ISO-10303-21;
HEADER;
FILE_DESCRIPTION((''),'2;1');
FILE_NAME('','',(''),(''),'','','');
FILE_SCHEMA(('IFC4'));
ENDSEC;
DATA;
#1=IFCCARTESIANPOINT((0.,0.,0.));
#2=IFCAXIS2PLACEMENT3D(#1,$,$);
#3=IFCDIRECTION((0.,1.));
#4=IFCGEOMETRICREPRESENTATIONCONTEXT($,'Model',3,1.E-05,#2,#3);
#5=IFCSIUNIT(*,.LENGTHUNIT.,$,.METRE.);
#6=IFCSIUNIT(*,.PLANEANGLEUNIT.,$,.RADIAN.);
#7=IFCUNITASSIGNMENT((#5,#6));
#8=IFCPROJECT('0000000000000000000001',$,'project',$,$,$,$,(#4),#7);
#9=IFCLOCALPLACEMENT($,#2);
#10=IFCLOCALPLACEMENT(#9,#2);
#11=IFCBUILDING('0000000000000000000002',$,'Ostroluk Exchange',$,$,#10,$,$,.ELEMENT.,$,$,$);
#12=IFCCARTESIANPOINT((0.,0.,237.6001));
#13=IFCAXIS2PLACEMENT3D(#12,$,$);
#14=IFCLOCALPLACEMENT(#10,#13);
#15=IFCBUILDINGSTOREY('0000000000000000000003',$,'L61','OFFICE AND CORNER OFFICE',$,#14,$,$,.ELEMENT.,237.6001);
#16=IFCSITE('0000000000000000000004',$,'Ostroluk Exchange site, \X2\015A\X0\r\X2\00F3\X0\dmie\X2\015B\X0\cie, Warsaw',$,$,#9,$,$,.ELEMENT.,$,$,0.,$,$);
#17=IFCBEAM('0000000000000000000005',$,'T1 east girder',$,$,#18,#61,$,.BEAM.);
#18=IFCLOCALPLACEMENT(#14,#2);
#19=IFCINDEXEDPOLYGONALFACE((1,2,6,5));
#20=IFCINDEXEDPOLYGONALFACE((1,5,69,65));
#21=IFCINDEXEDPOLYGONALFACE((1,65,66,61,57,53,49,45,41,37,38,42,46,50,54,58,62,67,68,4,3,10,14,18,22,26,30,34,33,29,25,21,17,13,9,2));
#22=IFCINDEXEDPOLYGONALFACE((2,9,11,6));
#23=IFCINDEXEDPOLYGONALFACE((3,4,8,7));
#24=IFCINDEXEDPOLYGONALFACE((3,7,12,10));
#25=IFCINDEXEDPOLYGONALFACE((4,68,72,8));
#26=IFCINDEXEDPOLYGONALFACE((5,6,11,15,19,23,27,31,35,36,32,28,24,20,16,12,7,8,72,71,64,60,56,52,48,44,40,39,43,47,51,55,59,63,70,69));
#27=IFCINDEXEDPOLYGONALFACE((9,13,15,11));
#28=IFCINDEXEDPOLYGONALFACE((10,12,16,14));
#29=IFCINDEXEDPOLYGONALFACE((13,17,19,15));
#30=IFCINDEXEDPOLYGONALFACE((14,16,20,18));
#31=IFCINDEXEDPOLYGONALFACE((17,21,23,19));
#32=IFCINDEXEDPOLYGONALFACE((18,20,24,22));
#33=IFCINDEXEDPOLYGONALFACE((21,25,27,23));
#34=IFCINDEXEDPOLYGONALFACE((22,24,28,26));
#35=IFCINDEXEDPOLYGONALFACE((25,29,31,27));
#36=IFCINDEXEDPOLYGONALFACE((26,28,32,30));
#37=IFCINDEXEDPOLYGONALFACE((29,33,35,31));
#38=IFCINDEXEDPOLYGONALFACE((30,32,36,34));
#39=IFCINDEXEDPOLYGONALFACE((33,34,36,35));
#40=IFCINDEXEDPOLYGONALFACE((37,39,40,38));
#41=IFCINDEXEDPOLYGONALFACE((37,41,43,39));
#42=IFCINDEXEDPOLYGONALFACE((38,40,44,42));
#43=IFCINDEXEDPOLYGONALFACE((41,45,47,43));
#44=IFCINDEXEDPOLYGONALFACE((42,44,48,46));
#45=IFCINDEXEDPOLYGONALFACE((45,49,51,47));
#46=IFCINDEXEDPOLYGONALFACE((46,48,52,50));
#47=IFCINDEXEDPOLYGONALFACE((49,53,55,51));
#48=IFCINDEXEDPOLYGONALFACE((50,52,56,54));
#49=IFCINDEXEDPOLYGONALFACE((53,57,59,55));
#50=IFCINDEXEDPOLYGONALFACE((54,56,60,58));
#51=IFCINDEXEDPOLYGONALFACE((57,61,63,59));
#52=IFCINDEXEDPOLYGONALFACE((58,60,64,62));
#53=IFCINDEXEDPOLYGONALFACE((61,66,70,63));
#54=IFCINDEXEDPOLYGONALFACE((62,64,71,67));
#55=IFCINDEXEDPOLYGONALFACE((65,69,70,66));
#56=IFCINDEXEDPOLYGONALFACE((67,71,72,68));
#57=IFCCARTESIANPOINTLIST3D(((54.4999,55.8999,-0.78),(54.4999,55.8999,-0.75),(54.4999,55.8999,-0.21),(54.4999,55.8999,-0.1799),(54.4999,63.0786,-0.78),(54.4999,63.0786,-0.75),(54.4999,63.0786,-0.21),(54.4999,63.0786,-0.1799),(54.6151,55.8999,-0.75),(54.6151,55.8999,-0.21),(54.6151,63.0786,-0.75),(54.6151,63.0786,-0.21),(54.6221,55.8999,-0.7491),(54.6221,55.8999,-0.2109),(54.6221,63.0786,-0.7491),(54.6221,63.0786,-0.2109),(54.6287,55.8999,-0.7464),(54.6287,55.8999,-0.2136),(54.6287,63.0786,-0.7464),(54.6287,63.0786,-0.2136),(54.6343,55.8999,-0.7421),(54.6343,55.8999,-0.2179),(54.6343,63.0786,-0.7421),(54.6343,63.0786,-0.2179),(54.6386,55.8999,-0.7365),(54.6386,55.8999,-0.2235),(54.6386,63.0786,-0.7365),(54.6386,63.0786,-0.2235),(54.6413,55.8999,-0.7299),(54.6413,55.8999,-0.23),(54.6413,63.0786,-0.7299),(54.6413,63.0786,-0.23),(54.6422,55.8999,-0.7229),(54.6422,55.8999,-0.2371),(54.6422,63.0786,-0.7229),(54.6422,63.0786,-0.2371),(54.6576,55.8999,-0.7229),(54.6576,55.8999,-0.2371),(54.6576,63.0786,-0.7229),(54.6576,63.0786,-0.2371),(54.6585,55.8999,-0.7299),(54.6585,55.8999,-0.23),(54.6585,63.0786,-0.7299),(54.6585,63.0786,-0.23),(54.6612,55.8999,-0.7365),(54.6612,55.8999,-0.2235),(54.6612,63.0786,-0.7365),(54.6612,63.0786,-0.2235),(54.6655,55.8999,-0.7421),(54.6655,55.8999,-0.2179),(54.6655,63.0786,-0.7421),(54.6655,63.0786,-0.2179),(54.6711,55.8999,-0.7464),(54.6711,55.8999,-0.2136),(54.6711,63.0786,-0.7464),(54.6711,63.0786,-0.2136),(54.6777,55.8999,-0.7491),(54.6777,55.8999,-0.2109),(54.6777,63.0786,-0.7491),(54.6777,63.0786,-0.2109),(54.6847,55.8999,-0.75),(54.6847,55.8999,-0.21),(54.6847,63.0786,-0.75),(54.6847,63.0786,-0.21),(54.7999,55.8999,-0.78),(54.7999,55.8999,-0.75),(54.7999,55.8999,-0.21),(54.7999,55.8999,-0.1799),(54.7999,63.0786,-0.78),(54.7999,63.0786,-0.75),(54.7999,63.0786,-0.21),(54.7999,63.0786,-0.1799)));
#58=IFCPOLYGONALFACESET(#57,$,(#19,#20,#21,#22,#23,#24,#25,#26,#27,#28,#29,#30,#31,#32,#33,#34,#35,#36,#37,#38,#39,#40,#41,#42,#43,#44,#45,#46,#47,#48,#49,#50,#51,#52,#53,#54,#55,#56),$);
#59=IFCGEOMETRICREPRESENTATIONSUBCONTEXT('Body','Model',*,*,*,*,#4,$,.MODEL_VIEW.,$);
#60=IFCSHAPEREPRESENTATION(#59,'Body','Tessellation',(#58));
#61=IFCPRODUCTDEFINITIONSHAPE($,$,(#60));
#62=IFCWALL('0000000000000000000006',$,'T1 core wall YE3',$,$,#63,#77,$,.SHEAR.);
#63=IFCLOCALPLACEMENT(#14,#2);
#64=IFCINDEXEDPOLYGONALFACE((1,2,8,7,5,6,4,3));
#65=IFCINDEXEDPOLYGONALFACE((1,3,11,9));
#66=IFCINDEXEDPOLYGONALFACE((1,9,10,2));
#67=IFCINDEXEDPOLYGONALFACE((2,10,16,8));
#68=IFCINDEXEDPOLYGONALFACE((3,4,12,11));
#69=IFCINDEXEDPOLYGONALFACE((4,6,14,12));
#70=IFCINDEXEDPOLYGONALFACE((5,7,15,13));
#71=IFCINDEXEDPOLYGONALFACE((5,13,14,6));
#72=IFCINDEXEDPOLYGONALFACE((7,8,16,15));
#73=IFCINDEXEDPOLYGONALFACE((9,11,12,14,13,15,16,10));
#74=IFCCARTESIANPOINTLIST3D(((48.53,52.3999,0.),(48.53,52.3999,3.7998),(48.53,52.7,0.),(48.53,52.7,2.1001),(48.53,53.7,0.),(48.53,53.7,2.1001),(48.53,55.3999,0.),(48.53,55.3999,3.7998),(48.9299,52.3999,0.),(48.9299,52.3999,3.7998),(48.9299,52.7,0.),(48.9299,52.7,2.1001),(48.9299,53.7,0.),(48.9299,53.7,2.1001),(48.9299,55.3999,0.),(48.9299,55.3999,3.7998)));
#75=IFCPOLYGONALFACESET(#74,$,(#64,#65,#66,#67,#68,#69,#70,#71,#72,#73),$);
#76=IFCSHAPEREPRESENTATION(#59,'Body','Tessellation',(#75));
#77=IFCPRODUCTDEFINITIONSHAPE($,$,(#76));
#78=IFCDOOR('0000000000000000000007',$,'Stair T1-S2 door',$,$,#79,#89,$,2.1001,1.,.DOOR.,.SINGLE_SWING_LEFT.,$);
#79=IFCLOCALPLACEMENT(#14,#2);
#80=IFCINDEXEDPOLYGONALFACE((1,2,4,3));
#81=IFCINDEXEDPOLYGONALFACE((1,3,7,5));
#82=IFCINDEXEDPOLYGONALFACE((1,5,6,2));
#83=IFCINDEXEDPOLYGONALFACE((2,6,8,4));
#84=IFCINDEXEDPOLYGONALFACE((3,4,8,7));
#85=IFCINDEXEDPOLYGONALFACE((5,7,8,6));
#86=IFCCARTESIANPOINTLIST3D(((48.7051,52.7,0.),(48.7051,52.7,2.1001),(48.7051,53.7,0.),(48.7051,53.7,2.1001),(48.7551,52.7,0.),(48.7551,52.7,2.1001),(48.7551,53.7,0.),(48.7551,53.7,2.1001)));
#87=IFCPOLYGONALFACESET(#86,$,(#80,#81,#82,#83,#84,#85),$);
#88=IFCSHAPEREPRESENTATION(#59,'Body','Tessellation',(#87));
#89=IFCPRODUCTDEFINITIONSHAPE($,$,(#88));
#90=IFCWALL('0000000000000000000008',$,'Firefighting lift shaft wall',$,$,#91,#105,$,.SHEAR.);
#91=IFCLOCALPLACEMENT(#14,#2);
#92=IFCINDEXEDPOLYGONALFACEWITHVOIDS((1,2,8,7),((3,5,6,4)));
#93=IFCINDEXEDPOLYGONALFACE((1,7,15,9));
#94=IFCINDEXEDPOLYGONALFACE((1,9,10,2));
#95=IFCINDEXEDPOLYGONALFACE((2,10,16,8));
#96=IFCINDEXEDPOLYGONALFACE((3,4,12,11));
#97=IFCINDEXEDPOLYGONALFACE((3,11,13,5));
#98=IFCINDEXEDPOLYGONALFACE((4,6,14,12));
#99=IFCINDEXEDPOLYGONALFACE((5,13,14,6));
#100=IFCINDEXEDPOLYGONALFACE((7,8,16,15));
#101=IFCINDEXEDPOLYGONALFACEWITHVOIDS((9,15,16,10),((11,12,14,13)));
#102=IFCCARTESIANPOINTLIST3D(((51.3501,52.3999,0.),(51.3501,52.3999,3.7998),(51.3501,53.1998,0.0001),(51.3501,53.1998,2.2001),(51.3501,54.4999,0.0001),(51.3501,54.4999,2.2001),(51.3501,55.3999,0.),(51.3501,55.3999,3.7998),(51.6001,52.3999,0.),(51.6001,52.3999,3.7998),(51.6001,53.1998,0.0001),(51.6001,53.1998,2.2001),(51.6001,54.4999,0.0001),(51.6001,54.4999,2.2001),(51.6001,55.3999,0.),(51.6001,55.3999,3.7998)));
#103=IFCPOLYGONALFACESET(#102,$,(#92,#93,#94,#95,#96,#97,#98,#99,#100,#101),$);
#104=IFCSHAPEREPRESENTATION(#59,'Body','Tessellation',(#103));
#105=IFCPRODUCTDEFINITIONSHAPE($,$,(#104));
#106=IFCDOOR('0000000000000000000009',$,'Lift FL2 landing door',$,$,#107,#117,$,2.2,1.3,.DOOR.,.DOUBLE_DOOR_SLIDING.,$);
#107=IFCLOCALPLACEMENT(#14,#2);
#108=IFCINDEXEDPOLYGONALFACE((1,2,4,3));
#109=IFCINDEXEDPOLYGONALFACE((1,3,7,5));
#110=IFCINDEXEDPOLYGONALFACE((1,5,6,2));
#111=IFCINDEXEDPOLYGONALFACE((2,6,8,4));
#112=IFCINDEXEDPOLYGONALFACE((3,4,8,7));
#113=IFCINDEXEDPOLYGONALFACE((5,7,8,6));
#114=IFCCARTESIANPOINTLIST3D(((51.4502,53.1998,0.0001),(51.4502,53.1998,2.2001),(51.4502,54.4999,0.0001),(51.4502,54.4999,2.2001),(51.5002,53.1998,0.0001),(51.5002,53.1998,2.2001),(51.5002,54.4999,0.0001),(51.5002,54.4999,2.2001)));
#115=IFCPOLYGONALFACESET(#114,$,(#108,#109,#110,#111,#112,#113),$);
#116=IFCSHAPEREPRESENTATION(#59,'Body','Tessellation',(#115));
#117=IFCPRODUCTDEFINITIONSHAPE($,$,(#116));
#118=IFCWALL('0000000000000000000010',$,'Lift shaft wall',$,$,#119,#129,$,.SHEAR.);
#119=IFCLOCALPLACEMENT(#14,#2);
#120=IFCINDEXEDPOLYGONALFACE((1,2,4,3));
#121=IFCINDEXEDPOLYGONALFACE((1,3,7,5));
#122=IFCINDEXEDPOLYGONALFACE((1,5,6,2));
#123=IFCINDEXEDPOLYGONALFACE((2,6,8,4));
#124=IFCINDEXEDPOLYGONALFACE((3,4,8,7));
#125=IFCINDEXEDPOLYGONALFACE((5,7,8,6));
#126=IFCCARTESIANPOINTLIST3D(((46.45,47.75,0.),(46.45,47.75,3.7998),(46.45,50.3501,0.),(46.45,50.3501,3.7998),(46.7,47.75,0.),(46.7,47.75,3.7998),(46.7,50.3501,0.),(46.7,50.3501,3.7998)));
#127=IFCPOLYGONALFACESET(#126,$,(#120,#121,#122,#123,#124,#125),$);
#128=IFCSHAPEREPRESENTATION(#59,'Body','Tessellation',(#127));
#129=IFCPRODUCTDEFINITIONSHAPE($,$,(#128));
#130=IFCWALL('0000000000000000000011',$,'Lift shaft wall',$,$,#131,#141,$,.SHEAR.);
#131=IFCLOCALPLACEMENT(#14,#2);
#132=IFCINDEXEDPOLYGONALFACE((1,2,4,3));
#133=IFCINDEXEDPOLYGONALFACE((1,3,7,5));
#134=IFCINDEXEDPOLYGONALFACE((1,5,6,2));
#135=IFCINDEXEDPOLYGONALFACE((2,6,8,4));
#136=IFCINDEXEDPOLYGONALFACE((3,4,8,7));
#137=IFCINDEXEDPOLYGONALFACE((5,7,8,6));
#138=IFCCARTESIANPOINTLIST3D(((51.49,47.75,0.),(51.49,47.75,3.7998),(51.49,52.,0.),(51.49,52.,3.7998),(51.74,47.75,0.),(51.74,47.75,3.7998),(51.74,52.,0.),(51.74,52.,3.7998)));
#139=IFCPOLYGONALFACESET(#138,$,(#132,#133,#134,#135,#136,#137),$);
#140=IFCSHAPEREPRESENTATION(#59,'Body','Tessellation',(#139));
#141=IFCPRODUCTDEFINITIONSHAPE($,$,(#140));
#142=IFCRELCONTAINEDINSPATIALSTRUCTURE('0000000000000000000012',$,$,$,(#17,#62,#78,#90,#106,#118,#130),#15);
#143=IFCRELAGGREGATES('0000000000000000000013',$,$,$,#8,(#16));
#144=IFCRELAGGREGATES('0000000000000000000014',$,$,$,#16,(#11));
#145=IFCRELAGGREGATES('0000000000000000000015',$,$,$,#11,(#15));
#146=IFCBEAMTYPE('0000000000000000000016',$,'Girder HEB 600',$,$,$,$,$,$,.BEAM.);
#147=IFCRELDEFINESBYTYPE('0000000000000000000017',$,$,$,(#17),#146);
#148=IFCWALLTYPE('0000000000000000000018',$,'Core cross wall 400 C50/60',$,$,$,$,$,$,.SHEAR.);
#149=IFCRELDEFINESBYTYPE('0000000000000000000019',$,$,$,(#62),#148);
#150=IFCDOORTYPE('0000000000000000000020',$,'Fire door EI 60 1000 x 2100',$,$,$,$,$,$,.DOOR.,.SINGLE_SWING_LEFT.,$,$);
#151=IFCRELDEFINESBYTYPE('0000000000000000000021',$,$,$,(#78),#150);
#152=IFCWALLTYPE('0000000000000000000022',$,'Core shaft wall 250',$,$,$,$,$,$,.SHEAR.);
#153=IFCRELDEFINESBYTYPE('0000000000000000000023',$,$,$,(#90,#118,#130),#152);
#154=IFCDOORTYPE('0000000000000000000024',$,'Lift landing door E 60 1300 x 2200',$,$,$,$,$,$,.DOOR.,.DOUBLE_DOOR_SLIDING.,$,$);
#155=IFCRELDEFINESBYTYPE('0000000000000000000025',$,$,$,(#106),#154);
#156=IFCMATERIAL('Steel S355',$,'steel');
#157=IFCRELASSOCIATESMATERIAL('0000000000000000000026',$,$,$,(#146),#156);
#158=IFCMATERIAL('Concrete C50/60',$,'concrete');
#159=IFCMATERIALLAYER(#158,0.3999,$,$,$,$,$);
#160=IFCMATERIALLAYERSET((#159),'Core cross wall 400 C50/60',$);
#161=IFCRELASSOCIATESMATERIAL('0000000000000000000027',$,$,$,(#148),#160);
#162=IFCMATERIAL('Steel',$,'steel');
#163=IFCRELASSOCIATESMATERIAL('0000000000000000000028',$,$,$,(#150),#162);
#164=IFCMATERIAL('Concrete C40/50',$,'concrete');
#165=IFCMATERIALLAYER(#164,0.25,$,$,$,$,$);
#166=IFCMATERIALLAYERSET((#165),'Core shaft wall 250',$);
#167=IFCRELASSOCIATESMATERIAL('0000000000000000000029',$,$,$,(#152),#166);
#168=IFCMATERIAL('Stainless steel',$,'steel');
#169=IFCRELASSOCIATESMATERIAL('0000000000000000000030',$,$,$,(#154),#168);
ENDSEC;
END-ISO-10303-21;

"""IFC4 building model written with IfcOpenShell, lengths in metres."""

from ifc_helpers import new_model, si_unit, direction, frame, frame_2d, origin, origin_2d, place, context, subcontext, project, spatial, rectangle, i_section, extrude, material, layer, layer_set, material_profile, profile_set, type_object, element, fill, save


model = new_model("IFC4")

# Units and contexts
model_context = context("Model", 3, precision=1e-05, world=origin(), true_north=direction((0.0, 1.0)))
body_context = subcontext(model_context, "Body", "Model", "MODEL_VIEW")
ifc_project = project(units=[si_unit("LENGTHUNIT", "METRE"), si_unit("PLANEANGLEUNIT", "RADIAN")], contexts=[model_context])

# Site, building, storey
site_placement = place(None, origin())
site = spatial("IfcSite", under=ifc_project, at=site_placement, Name="Ostroluk Exchange site, Śródmieście, Warsaw", CompositionType="ELEMENT", RefElevation=0.0)
building_placement = place(site_placement, origin())
building = spatial("IfcBuilding", under=site, at=building_placement, Name="Ostroluk Exchange", CompositionType="ELEMENT")
storey_placement = place(building_placement, frame((0.0, 0.0, 237.6001)))
storey = spatial("IfcBuildingStorey", under=building, at=storey_placement, Name="L61", Description="OFFICE AND CORNER OFFICE", CompositionType="ELEMENT", Elevation=237.6001)

# Beam
ifc_material_1 = material(Name="Steel S355", Category="steel")
ifc_material_profile_1 = material_profile(ifc_material_1, i_section(OverallWidth=0.3, OverallDepth=0.6001, WebThickness=0.0154, FlangeThickness=0.03, FilletRadius=0.0271, at=origin_2d()), Name="HEB 600")
ifc_profile_set_1 = profile_set([ifc_material_profile_1], Name="Steel S355")
beam_type_1 = type_object("IfcBeamType", Name="Girder HEB 600", PredefinedType="BEAM", material=ifc_profile_set_1)
beam_placement = place(storey_placement, frame((54.6499, 55.8999, -0.48), z_axis=(0.0, 1.0, 0.0), x_axis=(-1.0, 0.0, 0.0)))
element("IfcBeam", 1, at=beam_placement, inside=storey, type_object=beam_type_1, Name="T1 east girder", PredefinedType="BEAM", context=body_context, shape_type="SweptSolid", body=[
    extrude(i_section(OverallWidth=0.3, OverallDepth=0.6001, WebThickness=0.0154, FlangeThickness=0.03, FilletRadius=0.0271, at=origin_2d()), origin(), (0.0, 0.0, 1.0), 7.1787),
])

# Walls, openings, doors
ifc_material_2 = material(Name="Concrete C50/60", Category="concrete")
ifc_layer_1 = layer(ifc_material_2, 0.3999)
ifc_layer_set_1 = layer_set([ifc_layer_1], Name="Core cross wall 400 C50/60")
wall_type_1 = type_object("IfcWallType", Name="Core cross wall 400 C50/60", PredefinedType="SHEAR", material=ifc_layer_set_1)
wall_1_placement = place(storey_placement, frame((48.73, 52.3999, 0.0), z_axis=(0.0, 0.0, 1.0), x_axis=(0.0, 1.0, 0.0)))
wall_1 = element("IfcWall", 2, at=wall_1_placement, inside=storey, type_object=wall_type_1, Name="T1 core wall YE3", PredefinedType="SHEAR", context=body_context, shape_type="SweptSolid", body=[
    extrude(rectangle(XDim=3.0, YDim=0.3999, at=frame_2d((1.5, 0.0))), origin(), (0.0, 0.0, 1.0), 3.7998),
])
opening_1_placement = place(wall_1_placement, frame((0.3, 0.0, 0.0)))
opening_1 = element("IfcOpeningElement", 3, at=opening_1_placement, cuts=wall_1, PredefinedType="OPENING", context=body_context, shape_type="SweptSolid", body=[
    extrude(rectangle(XDim=1.0, YDim=2.1001, at=frame_2d((0.5, 1.05))), frame((0.0, 0.21, 0.0), z_axis=(0.0, -1.0, 0.0), x_axis=(1.0, 0.0, 0.0)), (0.0, 0.0, 1.0), 0.4199),
])
ifc_material_3 = material(Name="Steel", Category="steel")
door_type_1 = type_object("IfcDoorType", Name="Fire door EI 60 1000 x 2100", OperationType="SINGLE_SWING_LEFT", PredefinedType="DOOR", material=ifc_material_3)
door_1_placement = place(opening_1_placement, origin())
door_1 = element("IfcDoor", 4, at=door_1_placement, inside=storey, type_object=door_type_1, Name="Stair T1-S2 door", OperationType="SINGLE_SWING_LEFT", OverallHeight=2.1001, OverallWidth=1.0, PredefinedType="DOOR", context=body_context, shape_type="SweptSolid", body=[
    extrude(rectangle(XDim=1.0, YDim=2.1001, at=frame_2d((0.5, 1.05))), frame((0.0, 0.0249, 0.0), z_axis=(0.0, -1.0, 0.0), x_axis=(1.0, 0.0, 0.0)), (0.0, 0.0, 1.0), 0.05),
])
fill(opening_1, door_1)
ifc_material_4 = material(Name="Concrete C40/50", Category="concrete")
ifc_layer_2 = layer(ifc_material_4, 0.25)
ifc_layer_set_2 = layer_set([ifc_layer_2], Name="Core shaft wall 250")
wall_type_2 = type_object("IfcWallType", Name="Core shaft wall 250", PredefinedType="SHEAR", material=ifc_layer_set_2)
wall_2_placement = place(storey_placement, frame((51.4751, 52.3999, 0.0), z_axis=(0.0, 0.0, 1.0), x_axis=(0.0, 1.0, 0.0)))
wall_2 = element("IfcWall", 5, at=wall_2_placement, inside=storey, type_object=wall_type_2, Name="Firefighting lift shaft wall", PredefinedType="SHEAR", context=body_context, shape_type="SweptSolid", body=[
    extrude(rectangle(XDim=3.0, YDim=0.25, at=frame_2d((1.5, 0.0))), origin(), (0.0, 0.0, 1.0), 3.7998),
])
opening_2_placement = place(wall_2_placement, frame((0.8, 0.0, 0.0)))
opening_2 = element("IfcOpeningElement", 6, at=opening_2_placement, cuts=wall_2, PredefinedType="OPENING", context=body_context, shape_type="SweptSolid", body=[
    extrude(rectangle(XDim=1.3, YDim=2.2, at=frame_2d((0.6499, 1.1001))), frame((0.0, 0.135, 0.0), z_axis=(0.0, -1.0, 0.0), x_axis=(1.0, 0.0, 0.0)), (0.0, 0.0, 1.0), 0.27),
])
ifc_material_5 = material(Name="Stainless steel", Category="steel")
door_type_2 = type_object("IfcDoorType", Name="Lift landing door E 60 1300 x 2200", OperationType="DOUBLE_DOOR_SLIDING", PredefinedType="DOOR", material=ifc_material_5)
door_2_placement = place(opening_2_placement, origin())
door_2 = element("IfcDoor", 7, at=door_2_placement, inside=storey, type_object=door_type_2, Name="Lift FL2 landing door", OperationType="DOUBLE_DOOR_SLIDING", OverallHeight=2.2, OverallWidth=1.3, PredefinedType="DOOR", context=body_context, shape_type="SweptSolid", body=[
    extrude(rectangle(XDim=1.3, YDim=2.2, at=frame_2d((0.6499, 1.1001))), frame((0.0, 0.0249, 0.0), z_axis=(0.0, -1.0, 0.0), x_axis=(1.0, 0.0, 0.0)), (0.0, 0.0, 1.0), 0.05),
])
fill(opening_2, door_2)

# Walls
wall_3_placement = place(storey_placement, frame((46.575, 47.75, 0.0), z_axis=(0.0, 0.0, 1.0), x_axis=(0.0, 1.0, 0.0)))
element("IfcWall", 8, at=wall_3_placement, inside=storey, type_object=wall_type_2, Name="Lift shaft wall", PredefinedType="SHEAR", context=body_context, shape_type="SweptSolid", body=[
    extrude(rectangle(XDim=2.6001, YDim=0.25, at=frame_2d((1.3, 0.0))), origin(), (0.0, 0.0, 1.0), 3.7998),
])
wall_4_placement = place(storey_placement, frame((51.615, 47.75, 0.0), z_axis=(0.0, 0.0, 1.0), x_axis=(0.0, 1.0, 0.0)))
element("IfcWall", 9, at=wall_4_placement, inside=storey, type_object=wall_type_2, Name="Lift shaft wall", PredefinedType="SHEAR", context=body_context, shape_type="SweptSolid", body=[
    extrude(rectangle(XDim=4.25, YDim=0.25, at=frame_2d((2.125, 0.0))), origin(), (0.0, 0.0, 1.0), 3.7998),
])

save(model, "model.ifc")
